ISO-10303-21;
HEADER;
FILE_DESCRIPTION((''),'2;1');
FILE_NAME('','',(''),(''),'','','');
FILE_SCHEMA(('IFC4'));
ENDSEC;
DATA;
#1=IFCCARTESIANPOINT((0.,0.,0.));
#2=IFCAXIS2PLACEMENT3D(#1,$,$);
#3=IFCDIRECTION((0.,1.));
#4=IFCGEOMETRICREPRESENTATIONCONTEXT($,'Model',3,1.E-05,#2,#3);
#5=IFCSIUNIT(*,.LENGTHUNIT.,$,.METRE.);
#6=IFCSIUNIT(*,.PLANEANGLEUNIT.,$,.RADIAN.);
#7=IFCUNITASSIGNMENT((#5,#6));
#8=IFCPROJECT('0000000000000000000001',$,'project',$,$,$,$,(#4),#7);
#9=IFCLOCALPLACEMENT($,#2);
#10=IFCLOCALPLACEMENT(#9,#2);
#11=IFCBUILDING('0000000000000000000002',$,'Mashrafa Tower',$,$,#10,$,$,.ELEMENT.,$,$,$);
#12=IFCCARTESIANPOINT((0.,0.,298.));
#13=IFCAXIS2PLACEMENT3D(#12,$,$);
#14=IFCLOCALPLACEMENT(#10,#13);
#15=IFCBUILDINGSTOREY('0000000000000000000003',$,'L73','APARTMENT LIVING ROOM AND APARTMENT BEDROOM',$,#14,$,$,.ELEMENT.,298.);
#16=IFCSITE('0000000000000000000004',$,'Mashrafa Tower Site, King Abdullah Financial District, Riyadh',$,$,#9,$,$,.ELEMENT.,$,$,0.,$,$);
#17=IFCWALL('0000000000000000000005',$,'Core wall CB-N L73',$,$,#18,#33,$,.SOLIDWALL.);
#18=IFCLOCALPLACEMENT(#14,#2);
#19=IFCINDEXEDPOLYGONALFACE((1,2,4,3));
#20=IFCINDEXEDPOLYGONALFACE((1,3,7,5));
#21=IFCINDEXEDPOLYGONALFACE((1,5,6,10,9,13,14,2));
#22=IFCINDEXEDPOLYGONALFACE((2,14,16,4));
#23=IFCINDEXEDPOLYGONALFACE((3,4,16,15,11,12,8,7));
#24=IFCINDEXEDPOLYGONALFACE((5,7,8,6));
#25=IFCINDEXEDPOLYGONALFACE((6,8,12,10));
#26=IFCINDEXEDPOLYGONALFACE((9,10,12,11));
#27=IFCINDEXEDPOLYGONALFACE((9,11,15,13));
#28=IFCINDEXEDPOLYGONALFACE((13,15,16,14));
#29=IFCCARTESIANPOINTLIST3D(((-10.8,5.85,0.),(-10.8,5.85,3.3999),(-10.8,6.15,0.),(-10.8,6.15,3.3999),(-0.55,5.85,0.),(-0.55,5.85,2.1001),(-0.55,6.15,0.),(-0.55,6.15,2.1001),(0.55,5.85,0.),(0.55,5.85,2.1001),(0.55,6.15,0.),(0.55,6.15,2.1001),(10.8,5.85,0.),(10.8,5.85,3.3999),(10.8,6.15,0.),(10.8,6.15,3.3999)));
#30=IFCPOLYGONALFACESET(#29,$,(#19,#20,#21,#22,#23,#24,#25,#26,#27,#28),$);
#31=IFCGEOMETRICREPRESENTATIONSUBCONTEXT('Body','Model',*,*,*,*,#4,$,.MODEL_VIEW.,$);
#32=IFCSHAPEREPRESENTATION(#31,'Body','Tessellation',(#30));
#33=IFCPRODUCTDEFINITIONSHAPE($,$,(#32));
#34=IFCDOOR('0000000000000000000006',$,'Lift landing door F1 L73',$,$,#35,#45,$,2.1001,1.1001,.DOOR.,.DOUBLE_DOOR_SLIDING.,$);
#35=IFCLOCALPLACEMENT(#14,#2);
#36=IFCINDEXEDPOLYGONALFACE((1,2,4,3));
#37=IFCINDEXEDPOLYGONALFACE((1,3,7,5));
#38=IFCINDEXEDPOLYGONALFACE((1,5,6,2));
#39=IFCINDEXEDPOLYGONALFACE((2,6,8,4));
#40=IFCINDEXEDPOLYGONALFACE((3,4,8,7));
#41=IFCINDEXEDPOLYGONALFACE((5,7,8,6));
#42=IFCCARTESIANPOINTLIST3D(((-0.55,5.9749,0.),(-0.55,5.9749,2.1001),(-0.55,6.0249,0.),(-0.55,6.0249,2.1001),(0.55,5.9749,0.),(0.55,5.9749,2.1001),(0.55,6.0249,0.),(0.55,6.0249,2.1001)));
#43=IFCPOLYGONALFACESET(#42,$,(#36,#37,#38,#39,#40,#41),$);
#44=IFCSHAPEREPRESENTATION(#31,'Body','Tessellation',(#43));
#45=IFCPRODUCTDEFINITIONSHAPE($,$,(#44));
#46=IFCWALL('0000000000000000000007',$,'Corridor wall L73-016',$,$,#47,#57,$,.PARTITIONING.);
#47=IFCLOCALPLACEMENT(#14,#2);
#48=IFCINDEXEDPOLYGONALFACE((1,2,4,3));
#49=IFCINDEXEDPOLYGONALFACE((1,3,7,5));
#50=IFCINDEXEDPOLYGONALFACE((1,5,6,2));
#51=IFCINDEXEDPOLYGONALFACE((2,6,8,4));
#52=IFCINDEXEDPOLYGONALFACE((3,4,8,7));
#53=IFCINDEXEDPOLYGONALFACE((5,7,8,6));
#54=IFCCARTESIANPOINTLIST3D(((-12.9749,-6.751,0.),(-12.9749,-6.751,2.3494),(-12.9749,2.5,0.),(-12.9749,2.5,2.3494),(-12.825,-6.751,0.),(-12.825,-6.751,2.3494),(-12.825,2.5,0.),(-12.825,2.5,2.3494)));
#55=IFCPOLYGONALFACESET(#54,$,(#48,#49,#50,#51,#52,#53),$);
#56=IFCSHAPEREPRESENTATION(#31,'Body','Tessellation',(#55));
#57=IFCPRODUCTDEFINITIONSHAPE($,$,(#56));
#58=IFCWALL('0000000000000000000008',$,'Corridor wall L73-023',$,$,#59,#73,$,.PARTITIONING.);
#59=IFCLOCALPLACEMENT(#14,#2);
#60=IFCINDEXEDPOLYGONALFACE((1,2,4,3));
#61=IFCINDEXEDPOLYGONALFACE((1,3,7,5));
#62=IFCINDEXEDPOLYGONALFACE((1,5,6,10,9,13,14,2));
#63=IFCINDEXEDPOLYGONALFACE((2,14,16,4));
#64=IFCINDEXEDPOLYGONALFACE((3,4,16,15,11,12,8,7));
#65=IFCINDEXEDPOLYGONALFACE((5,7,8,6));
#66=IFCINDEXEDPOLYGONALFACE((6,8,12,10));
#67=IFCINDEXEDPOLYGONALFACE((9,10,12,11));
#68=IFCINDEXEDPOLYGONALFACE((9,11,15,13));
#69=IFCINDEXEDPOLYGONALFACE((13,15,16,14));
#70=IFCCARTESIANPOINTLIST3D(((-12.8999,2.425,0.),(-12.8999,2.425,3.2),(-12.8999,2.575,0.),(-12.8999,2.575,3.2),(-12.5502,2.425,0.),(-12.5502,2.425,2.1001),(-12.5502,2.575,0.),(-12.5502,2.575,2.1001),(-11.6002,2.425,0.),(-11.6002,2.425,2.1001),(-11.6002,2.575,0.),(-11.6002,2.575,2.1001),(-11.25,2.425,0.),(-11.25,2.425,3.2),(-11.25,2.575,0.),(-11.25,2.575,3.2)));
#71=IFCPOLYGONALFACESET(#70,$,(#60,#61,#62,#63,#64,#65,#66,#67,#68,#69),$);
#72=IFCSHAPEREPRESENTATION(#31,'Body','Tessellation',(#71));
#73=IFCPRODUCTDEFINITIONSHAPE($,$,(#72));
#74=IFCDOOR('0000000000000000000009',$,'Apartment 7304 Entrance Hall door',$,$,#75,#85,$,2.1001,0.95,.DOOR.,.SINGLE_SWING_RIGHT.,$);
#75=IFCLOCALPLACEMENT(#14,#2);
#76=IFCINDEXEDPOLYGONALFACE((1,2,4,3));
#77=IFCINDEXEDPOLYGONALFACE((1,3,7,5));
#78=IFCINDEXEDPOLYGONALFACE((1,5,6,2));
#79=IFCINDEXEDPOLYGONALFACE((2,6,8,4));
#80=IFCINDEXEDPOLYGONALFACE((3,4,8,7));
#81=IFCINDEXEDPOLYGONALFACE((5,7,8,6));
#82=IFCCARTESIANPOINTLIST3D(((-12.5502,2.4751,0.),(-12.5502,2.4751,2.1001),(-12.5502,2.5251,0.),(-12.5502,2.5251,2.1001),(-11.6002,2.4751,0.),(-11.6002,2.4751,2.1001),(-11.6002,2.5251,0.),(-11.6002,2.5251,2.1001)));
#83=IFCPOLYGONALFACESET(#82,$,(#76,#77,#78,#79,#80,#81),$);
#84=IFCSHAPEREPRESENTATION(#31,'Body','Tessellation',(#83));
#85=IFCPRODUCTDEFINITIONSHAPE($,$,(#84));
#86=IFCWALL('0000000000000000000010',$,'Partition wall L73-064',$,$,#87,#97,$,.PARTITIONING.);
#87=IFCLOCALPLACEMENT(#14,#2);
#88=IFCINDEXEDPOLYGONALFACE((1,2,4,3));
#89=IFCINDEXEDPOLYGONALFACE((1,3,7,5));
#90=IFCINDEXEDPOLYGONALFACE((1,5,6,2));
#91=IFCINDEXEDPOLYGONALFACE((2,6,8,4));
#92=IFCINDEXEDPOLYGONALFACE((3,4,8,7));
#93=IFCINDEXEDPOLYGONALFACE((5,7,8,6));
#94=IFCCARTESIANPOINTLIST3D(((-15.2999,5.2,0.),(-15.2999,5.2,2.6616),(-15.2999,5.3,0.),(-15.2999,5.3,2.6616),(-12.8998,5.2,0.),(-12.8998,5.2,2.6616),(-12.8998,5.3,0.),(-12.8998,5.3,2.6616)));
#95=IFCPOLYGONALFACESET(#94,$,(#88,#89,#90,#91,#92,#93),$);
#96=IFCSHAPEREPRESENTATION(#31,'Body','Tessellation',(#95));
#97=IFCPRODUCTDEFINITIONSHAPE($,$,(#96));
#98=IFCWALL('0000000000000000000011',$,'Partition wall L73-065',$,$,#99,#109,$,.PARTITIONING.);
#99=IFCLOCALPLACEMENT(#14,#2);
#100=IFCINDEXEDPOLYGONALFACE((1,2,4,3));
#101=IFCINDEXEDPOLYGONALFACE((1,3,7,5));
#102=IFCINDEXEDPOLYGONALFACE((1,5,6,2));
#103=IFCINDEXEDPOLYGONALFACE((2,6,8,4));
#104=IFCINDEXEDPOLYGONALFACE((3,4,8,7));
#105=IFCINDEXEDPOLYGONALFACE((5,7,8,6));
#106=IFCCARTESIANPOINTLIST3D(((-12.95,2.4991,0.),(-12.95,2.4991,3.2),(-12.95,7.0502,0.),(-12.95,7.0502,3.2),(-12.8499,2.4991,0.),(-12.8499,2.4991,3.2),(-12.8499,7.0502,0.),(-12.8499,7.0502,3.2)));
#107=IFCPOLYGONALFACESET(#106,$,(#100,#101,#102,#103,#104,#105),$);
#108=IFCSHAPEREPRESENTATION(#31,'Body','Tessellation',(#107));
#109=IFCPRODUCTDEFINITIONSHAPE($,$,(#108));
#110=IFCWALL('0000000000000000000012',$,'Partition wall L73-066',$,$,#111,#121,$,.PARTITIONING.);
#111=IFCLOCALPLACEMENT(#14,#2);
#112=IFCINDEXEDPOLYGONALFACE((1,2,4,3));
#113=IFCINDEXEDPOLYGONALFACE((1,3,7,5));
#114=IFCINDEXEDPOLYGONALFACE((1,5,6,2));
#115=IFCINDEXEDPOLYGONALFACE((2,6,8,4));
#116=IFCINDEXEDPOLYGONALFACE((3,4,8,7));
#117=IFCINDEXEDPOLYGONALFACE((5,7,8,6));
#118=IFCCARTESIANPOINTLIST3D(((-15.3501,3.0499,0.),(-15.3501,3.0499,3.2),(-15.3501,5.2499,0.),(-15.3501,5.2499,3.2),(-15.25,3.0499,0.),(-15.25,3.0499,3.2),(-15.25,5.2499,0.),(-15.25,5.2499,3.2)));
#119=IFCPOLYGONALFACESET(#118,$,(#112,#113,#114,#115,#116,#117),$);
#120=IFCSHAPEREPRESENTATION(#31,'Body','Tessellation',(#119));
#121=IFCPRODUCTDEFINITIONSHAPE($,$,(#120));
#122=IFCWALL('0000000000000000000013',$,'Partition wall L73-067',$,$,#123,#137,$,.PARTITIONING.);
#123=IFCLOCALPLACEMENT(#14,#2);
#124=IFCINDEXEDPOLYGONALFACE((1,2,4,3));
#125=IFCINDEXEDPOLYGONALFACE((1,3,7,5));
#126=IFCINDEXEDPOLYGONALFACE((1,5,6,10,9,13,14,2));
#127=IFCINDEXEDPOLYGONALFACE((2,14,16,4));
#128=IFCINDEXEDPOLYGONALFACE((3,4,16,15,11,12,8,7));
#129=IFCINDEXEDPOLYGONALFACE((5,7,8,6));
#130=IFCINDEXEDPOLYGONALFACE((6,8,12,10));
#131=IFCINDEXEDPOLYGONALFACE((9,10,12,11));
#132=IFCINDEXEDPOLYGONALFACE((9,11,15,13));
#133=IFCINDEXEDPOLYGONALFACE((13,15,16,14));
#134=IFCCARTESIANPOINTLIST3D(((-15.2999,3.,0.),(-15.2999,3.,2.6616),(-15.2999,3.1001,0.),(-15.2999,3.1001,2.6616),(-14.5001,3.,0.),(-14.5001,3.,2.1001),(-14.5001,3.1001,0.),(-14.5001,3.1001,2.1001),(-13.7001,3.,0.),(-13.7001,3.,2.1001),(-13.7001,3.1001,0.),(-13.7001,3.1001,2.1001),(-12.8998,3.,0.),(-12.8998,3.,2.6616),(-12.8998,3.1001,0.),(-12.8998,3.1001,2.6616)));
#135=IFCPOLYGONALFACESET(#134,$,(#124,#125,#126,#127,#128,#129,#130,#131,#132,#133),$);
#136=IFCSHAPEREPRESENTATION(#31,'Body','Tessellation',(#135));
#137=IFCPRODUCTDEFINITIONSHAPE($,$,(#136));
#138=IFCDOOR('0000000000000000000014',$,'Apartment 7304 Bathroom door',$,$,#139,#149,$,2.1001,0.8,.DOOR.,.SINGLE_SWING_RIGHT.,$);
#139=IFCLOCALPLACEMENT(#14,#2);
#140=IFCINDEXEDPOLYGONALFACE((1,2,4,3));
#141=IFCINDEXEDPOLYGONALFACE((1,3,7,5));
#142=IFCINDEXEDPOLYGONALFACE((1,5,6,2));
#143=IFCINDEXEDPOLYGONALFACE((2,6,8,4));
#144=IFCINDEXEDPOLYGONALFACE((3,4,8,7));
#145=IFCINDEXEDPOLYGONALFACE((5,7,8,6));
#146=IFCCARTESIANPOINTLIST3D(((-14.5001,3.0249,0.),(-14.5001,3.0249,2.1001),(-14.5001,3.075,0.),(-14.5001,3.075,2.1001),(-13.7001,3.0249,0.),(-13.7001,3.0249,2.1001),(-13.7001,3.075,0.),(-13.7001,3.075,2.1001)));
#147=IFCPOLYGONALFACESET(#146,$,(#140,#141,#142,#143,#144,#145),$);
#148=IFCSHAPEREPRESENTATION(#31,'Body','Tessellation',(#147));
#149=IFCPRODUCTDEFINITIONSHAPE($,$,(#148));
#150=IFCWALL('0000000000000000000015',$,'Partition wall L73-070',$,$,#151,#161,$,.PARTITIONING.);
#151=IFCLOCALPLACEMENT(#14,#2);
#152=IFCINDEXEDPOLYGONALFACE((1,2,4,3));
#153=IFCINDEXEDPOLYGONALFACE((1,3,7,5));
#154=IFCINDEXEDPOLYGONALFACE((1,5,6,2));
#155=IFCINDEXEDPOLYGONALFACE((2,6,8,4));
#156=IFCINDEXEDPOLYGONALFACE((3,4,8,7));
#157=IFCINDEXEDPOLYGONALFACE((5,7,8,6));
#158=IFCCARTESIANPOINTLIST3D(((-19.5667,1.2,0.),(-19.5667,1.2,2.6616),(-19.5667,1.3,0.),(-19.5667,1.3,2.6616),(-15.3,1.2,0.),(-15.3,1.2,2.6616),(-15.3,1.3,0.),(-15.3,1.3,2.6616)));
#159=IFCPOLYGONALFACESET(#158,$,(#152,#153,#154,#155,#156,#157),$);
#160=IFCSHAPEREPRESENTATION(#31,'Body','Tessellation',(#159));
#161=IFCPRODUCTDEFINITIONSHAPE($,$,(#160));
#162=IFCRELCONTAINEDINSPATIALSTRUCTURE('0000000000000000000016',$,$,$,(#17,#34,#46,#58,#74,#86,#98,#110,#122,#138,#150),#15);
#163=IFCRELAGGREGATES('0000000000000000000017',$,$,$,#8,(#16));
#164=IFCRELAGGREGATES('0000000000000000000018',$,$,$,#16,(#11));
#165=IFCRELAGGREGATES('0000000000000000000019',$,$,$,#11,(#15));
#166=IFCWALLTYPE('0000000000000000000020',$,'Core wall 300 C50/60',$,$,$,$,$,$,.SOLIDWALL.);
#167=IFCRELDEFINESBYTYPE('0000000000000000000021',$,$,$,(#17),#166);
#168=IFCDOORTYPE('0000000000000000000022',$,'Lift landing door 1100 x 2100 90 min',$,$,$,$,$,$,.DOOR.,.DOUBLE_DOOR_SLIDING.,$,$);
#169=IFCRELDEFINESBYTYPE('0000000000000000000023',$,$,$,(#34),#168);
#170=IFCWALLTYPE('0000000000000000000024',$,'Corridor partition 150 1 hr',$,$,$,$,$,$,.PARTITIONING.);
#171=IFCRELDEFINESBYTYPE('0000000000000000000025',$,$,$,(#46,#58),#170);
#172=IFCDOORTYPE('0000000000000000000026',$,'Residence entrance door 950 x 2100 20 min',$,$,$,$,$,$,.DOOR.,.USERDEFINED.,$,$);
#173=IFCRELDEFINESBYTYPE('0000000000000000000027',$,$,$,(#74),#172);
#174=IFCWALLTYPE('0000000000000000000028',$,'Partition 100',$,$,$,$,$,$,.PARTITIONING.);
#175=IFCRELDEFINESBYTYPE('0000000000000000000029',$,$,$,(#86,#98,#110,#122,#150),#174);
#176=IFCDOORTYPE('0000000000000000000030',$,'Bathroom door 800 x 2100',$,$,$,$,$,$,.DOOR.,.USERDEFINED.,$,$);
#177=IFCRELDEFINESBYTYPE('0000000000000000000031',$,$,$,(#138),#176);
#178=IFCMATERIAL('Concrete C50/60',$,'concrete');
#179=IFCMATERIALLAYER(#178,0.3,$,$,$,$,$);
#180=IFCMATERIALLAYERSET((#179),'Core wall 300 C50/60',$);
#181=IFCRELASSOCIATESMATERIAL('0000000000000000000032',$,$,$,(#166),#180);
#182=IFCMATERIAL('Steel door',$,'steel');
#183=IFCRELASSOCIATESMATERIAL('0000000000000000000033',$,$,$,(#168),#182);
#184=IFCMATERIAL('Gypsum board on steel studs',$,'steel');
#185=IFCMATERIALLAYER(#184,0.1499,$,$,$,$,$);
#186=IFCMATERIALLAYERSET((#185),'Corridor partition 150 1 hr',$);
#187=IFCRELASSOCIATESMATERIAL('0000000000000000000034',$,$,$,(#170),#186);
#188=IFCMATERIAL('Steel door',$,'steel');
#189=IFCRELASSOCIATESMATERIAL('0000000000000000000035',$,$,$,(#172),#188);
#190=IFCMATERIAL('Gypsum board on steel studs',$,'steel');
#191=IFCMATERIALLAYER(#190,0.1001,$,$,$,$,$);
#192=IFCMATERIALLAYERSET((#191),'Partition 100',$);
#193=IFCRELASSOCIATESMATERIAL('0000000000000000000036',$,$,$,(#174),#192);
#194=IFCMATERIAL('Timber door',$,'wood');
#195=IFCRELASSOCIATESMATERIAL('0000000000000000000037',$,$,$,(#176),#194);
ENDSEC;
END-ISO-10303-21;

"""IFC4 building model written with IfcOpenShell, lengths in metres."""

from ifc_helpers import new_model, si_unit, direction, frame, frame_2d, origin, place, context, subcontext, project, spatial, rectangle, extrude, material, layer, layer_set, type_object, element, fill, save


model = new_model("IFC4")

# Units and contexts
model_context = context("Model", 3, precision=1e-05, world=origin(), true_north=direction((0.0, 1.0)))
body_context = subcontext(model_context, "Body", "Model", "MODEL_VIEW")
ifc_project = project(units=[si_unit("LENGTHUNIT", "METRE"), si_unit("PLANEANGLEUNIT", "RADIAN")], contexts=[model_context])

# Site, building, storey
site_placement = place(None, origin())
site = spatial("IfcSite", under=ifc_project, at=site_placement, Name="Mashrafa Tower Site, King Abdullah Financial District, Riyadh", CompositionType="ELEMENT", RefElevation=0.0)
building_placement = place(site_placement, origin())
building = spatial("IfcBuilding", under=site, at=building_placement, Name="Mashrafa Tower", CompositionType="ELEMENT")
storey_placement = place(building_placement, frame((0.0, 0.0, 298.0)))
storey = spatial("IfcBuildingStorey", under=building, at=storey_placement, Name="L73", Description="APARTMENT LIVING ROOM AND APARTMENT BEDROOM", CompositionType="ELEMENT", Elevation=298.0)

# Shared definitions
ifc_material_1 = material(Name="Concrete C50/60", Category="concrete")
ifc_layer_1 = layer(ifc_material_1, 0.3)
ifc_layer_set_1 = layer_set([ifc_layer_1], Name="Core wall 300 C50/60")
wall_type_1 = type_object("IfcWallType", Name="Core wall 300 C50/60", PredefinedType="SOLIDWALL", material=ifc_layer_set_1)

# Wall, opening, door
wall_1_placement = place(storey_placement, frame((-10.8, 6.0, 0.0), z_axis=(0.0, 0.0, 1.0), x_axis=(1.0, 0.0, 0.0)))
wall_1 = element("IfcWall", 1, at=wall_1_placement, inside=storey, type_object=wall_type_1, Name="Core wall CB-N L73", PredefinedType="SOLIDWALL", context=body_context, shape_type="SweptSolid", body=[
    extrude(rectangle(XDim=21.6001, YDim=0.3, at=frame_2d((10.8, 0.0))), origin(), (0.0, 0.0, 1.0), 3.3999),
])
opening_1_placement = place(wall_1_placement, frame((10.25, 0.0, 0.0)))
opening_1 = element("IfcOpeningElement", 2, at=opening_1_placement, cuts=wall_1, PredefinedType="OPENING", context=body_context, shape_type="SweptSolid", body=[
    extrude(rectangle(XDim=1.1001, YDim=2.1001, at=frame_2d((0.55, 1.05))), frame((0.0, 0.1599, 0.0), z_axis=(0.0, -1.0, 0.0), x_axis=(1.0, 0.0, 0.0)), (0.0, 0.0, 1.0), 0.3201),
])
ifc_material_2 = material(Name="Steel door", Category="steel")
door_type_1 = type_object("IfcDoorType", Name="Lift landing door 1100 x 2100 90 min", OperationType="DOUBLE_DOOR_SLIDING", PredefinedType="DOOR", material=ifc_material_2)
door_1_placement = place(opening_1_placement, origin())
door_1 = element("IfcDoor", 3, at=door_1_placement, inside=storey, type_object=door_type_1, Name="Lift landing door F1 L73", OperationType="DOUBLE_DOOR_SLIDING", OverallHeight=2.1001, OverallWidth=1.1001, PredefinedType="DOOR", context=body_context, shape_type="SweptSolid", body=[
    extrude(rectangle(XDim=1.1001, YDim=2.1001, at=frame_2d((0.55, 1.05))), frame((0.0, 0.0249, 0.0), z_axis=(0.0, -1.0, 0.0), x_axis=(1.0, 0.0, 0.0)), (0.0, 0.0, 1.0), 0.05),
])
fill(opening_1, door_1)

# Wall
ifc_material_3 = material(Name="Gypsum board on steel studs", Category="steel")
ifc_layer_2 = layer(ifc_material_3, 0.1499)
ifc_layer_set_2 = layer_set([ifc_layer_2], Name="Corridor partition 150 1 hr")
wall_type_2 = type_object("IfcWallType", Name="Corridor partition 150 1 hr", PredefinedType="PARTITIONING", material=ifc_layer_set_2)
wall_2_placement = place(storey_placement, frame((-12.8999, 2.5, 0.0), z_axis=(0.0, 0.0, 1.0), x_axis=(0.0, -1.0, 0.0)))
element("IfcWall", 4, at=wall_2_placement, inside=storey, type_object=wall_type_2, Name="Corridor wall L73-016", PredefinedType="PARTITIONING", context=body_context, shape_type="SweptSolid", body=[
    extrude(rectangle(XDim=9.251, YDim=0.1499, at=frame_2d((4.6255, 0.0))), origin(), (0.0, 0.0, 1.0), 2.3494),
])

# Wall, opening, door
wall_3_placement = place(storey_placement, frame((-11.25, 2.5, 0.0), z_axis=(0.0, 0.0, 1.0), x_axis=(-1.0, 0.0, 0.0)))
wall_3 = element("IfcWall", 5, at=wall_3_placement, inside=storey, type_object=wall_type_2, Name="Corridor wall L73-023", PredefinedType="PARTITIONING", context=body_context, shape_type="SweptSolid", body=[
    extrude(rectangle(XDim=1.6499, YDim=0.1499, at=frame_2d((0.825, 0.0))), origin(), (0.0, 0.0, 1.0), 3.2),
])
opening_2_placement = place(wall_3_placement, frame((0.3501, 0.0, 0.0)))
opening_2 = element("IfcOpeningElement", 6, at=opening_2_placement, cuts=wall_3, PredefinedType="OPENING", context=body_context, shape_type="SweptSolid", body=[
    extrude(rectangle(XDim=0.95, YDim=2.1001, at=frame_2d((0.4751, 1.05))), frame((0.0, 0.085, 0.0), z_axis=(0.0, -1.0, 0.0), x_axis=(1.0, 0.0, 0.0)), (0.0, 0.0, 1.0), 0.1699),
])
ifc_material_4 = material(Name="Steel door", Category="steel")
door_type_2 = type_object("IfcDoorType", Name="Residence entrance door 950 x 2100 20 min", OperationType="USERDEFINED", PredefinedType="DOOR", material=ifc_material_4)
door_2_placement = place(opening_2_placement, origin())
door_2 = element("IfcDoor", 7, at=door_2_placement, inside=storey, type_object=door_type_2, Name="Apartment 7304 Entrance Hall door", OperationType="SINGLE_SWING_RIGHT", OverallHeight=2.1001, OverallWidth=0.95, PredefinedType="DOOR", context=body_context, shape_type="SweptSolid", body=[
    extrude(rectangle(XDim=0.95, YDim=2.1001, at=frame_2d((0.4751, 1.05))), frame((0.0, 0.0249, 0.0), z_axis=(0.0, -1.0, 0.0), x_axis=(1.0, 0.0, 0.0)), (0.0, 0.0, 1.0), 0.05),
])
fill(opening_2, door_2)

# Walls
ifc_material_5 = material(Name="Gypsum board on steel studs", Category="steel")
ifc_layer_3 = layer(ifc_material_5, 0.1001)
ifc_layer_set_3 = layer_set([ifc_layer_3], Name="Partition 100")
wall_type_3 = type_object("IfcWallType", Name="Partition 100", PredefinedType="PARTITIONING", material=ifc_layer_set_3)
wall_4_placement = place(storey_placement, frame((-15.3, 5.25, 0.0), z_axis=(0.0, 0.0, 1.0), x_axis=(1.0, 0.0, 0.0)))
element("IfcWall", 8, at=wall_4_placement, inside=storey, type_object=wall_type_3, Name="Partition wall L73-064", PredefinedType="PARTITIONING", context=body_context, shape_type="SweptSolid", body=[
    extrude(rectangle(XDim=2.4001, YDim=0.1001, at=frame_2d((1.2002, 0.0))), origin(), (0.0, 0.0, 1.0), 2.6616),
])
wall_5_placement = place(storey_placement, frame((-12.8999, 7.05, 0.0), z_axis=(0.0, 0.0, 1.0), x_axis=(0.0, -1.0, 0.0)))
element("IfcWall", 9, at=wall_5_placement, inside=storey, type_object=wall_type_3, Name="Partition wall L73-065", PredefinedType="PARTITIONING", context=body_context, shape_type="SweptSolid", body=[
    extrude(rectangle(XDim=4.551, YDim=0.1001, at=frame_2d((2.2754, 0.0))), origin(), (0.0, 0.0, 1.0), 3.2),
])
wall_6_placement = place(storey_placement, frame((-15.3, 5.25, 0.0), z_axis=(0.0, 0.0, 1.0), x_axis=(0.0, -1.0, 0.0)))
element("IfcWall", 10, at=wall_6_placement, inside=storey, type_object=wall_type_3, Name="Partition wall L73-066", PredefinedType="PARTITIONING", context=body_context, shape_type="SweptSolid", body=[
    extrude(rectangle(XDim=2.2, YDim=0.1001, at=frame_2d((1.1001, 0.0))), origin(), (0.0, 0.0, 1.0), 3.2),
])

# Wall, opening, door
wall_7_placement = place(storey_placement, frame((-15.3, 3.05, 0.0), z_axis=(0.0, 0.0, 1.0), x_axis=(1.0, 0.0, 0.0)))
wall_7 = element("IfcWall", 11, at=wall_7_placement, inside=storey, type_object=wall_type_3, Name="Partition wall L73-067", PredefinedType="PARTITIONING", context=body_context, shape_type="SweptSolid", body=[
    extrude(rectangle(XDim=2.4001, YDim=0.1001, at=frame_2d((1.2002, 0.0))), origin(), (0.0, 0.0, 1.0), 2.6616),
])
opening_3_placement = place(wall_7_placement, frame((0.8, 0.0, 0.0)))
opening_3 = element("IfcOpeningElement", 12, at=opening_3_placement, cuts=wall_7, PredefinedType="OPENING", context=body_context, shape_type="SweptSolid", body=[
    extrude(rectangle(XDim=0.8, YDim=2.1001, at=frame_2d((0.3999, 1.05))), frame((0.0, 0.0601, 0.0), z_axis=(0.0, -1.0, 0.0), x_axis=(1.0, 0.0, 0.0)), (0.0, 0.0, 1.0), 0.1201),
])
ifc_material_6 = material(Name="Timber door", Category="wood")
door_type_3 = type_object("IfcDoorType", Name="Bathroom door 800 x 2100", OperationType="USERDEFINED", PredefinedType="DOOR", material=ifc_material_6)
door_3_placement = place(opening_3_placement, origin())
door_3 = element("IfcDoor", 13, at=door_3_placement, inside=storey, type_object=door_type_3, Name="Apartment 7304 Bathroom door", OperationType="SINGLE_SWING_RIGHT", OverallHeight=2.1001, OverallWidth=0.8, PredefinedType="DOOR", context=body_context, shape_type="SweptSolid", body=[
    extrude(rectangle(XDim=0.8, YDim=2.1001, at=frame_2d((0.3999, 1.05))), frame((0.0, 0.0249, 0.0), z_axis=(0.0, -1.0, 0.0), x_axis=(1.0, 0.0, 0.0)), (0.0, 0.0, 1.0), 0.05),
])
fill(opening_3, door_3)

# Wall
wall_8_placement = place(storey_placement, frame((-15.3, 1.25, 0.0), z_axis=(0.0, 0.0, 1.0), x_axis=(-1.0, 0.0, 0.0)))
element("IfcWall", 14, at=wall_8_placement, inside=storey, type_object=wall_type_3, Name="Partition wall L73-070", PredefinedType="PARTITIONING", context=body_context, shape_type="SweptSolid", body=[
    extrude(rectangle(XDim=4.2666, YDim=0.1001, at=frame_2d((2.1333, 0.0))), origin(), (0.0, 0.0, 1.0), 2.6616),
])

save(model, "model.ifc")
